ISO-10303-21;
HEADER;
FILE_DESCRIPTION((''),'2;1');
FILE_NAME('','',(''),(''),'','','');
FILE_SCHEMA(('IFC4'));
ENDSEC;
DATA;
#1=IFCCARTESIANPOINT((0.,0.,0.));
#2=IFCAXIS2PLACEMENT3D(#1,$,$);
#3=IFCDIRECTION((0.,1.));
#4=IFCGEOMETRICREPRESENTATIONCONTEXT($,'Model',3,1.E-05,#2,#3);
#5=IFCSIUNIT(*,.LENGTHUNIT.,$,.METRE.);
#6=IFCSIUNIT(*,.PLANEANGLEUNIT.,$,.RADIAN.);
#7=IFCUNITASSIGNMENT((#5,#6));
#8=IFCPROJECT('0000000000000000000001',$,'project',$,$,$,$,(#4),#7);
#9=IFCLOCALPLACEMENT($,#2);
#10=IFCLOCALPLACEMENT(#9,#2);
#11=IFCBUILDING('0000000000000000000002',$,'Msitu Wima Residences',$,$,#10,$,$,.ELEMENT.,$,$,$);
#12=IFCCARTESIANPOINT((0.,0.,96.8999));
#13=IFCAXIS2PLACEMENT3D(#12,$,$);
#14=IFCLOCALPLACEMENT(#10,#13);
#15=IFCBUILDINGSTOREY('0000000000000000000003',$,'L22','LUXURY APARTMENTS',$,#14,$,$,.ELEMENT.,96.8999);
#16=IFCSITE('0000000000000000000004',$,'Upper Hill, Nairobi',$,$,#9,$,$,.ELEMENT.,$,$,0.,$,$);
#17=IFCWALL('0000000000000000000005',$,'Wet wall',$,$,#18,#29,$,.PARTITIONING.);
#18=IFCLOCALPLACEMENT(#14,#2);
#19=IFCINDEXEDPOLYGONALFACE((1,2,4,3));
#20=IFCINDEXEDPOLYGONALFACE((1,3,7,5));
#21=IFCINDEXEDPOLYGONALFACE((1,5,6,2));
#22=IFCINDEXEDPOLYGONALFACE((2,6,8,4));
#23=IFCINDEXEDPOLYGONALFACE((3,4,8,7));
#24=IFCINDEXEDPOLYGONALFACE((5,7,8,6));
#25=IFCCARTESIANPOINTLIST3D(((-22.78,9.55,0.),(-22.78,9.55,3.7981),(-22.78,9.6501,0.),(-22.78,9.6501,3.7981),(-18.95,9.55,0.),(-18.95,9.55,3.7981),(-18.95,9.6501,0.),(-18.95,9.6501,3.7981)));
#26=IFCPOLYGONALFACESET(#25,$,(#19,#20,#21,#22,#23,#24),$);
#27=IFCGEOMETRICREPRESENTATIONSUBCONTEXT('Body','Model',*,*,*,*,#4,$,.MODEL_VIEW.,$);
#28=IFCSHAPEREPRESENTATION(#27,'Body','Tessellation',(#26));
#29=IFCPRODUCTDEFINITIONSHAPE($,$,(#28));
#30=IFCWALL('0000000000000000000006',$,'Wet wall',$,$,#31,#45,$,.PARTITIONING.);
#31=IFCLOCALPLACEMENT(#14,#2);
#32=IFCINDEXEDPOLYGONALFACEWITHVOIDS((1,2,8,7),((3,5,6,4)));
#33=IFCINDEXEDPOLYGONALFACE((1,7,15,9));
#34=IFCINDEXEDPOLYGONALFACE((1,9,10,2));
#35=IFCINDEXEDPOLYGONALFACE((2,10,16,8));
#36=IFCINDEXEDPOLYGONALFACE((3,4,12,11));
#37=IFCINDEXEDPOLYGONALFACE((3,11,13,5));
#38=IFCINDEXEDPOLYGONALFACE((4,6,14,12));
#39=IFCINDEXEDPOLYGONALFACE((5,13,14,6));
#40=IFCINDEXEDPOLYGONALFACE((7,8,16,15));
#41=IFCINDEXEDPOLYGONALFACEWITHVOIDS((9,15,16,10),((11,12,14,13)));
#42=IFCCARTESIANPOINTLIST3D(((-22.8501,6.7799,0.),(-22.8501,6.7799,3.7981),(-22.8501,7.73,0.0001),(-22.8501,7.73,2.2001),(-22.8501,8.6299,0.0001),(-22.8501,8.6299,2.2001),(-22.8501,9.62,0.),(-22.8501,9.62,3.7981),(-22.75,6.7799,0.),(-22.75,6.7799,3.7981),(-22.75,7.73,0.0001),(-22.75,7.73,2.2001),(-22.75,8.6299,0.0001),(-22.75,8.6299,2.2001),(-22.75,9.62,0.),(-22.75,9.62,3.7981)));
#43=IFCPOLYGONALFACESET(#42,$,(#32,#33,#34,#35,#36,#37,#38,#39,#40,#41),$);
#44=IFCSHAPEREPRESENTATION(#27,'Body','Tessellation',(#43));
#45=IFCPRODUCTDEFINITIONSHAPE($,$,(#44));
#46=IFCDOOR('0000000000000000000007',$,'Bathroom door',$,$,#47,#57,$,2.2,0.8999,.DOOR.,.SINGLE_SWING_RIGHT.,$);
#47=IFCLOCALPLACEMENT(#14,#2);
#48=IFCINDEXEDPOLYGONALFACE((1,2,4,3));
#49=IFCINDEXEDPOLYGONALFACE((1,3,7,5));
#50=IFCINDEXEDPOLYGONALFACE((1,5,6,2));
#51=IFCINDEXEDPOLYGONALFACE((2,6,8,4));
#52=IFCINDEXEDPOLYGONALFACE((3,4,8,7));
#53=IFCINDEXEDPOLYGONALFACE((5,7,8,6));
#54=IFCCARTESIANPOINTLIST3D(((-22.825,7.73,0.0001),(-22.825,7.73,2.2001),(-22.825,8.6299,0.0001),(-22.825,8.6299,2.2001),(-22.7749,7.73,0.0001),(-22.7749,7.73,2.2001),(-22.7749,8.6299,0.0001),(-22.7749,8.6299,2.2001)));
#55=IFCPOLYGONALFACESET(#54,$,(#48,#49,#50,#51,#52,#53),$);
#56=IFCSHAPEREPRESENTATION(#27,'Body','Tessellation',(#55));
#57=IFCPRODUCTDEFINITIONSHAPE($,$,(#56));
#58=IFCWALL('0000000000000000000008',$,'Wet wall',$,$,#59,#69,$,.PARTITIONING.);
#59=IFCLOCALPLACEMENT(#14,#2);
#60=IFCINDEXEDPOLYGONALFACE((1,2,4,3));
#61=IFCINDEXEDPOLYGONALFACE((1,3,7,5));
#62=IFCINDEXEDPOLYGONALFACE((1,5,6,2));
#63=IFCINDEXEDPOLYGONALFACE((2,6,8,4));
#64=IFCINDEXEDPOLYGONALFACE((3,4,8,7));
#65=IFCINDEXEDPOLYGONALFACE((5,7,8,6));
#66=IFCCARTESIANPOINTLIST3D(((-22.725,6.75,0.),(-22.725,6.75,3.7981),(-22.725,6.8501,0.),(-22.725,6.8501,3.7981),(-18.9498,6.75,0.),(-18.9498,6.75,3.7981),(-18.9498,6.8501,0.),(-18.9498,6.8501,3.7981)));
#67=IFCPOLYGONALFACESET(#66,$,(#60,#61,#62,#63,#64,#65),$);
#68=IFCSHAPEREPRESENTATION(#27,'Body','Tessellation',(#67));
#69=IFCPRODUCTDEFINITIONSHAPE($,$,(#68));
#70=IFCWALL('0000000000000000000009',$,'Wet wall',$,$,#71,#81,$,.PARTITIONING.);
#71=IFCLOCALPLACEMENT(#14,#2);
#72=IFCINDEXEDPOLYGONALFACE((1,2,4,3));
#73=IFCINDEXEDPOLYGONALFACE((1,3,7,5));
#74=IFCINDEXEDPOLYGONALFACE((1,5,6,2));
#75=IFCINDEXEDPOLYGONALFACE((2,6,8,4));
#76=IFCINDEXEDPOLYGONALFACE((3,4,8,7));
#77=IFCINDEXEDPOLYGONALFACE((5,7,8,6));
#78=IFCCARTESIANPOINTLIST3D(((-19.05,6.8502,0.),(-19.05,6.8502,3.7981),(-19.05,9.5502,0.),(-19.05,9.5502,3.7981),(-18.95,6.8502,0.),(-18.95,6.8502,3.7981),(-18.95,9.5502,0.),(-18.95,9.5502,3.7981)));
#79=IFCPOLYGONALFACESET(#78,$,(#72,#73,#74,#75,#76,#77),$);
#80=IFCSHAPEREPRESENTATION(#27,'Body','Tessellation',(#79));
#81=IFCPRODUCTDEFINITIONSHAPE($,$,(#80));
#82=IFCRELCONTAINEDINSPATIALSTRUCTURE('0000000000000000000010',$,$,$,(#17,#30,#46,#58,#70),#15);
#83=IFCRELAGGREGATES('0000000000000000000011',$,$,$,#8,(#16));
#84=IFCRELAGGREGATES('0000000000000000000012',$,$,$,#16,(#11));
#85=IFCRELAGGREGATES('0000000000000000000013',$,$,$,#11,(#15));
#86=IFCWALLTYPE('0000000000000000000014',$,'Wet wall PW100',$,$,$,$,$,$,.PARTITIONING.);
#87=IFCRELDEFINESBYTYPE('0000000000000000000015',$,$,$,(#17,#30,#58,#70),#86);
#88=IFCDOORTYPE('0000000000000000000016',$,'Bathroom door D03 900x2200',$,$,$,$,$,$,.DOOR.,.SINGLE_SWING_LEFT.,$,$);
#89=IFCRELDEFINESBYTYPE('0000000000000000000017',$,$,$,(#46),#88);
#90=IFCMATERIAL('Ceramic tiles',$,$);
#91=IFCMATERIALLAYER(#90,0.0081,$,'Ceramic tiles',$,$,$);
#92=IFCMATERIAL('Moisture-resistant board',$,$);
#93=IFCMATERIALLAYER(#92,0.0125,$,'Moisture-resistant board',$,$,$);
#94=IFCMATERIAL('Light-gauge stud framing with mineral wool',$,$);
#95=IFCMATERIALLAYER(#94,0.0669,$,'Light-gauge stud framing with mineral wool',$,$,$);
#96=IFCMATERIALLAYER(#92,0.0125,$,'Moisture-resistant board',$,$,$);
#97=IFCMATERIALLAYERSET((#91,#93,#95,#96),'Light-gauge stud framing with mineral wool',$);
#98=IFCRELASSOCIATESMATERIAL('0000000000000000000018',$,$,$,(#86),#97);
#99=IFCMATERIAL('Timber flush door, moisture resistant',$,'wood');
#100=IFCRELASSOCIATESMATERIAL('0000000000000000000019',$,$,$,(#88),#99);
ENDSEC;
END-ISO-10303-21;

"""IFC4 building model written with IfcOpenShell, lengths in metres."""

from ifc_helpers import new_model, si_unit, direction, frame, frame_2d, origin, place, context, subcontext, project, spatial, rectangle, extrude, material, layer, layer_set, type_object, element, fill, save


model = new_model("IFC4")

# Units and contexts
model_context = context("Model", 3, precision=1e-05, world=origin(), true_north=direction((0.0, 1.0)))
body_context = subcontext(model_context, "Body", "Model", "MODEL_VIEW")
ifc_project = project(units=[si_unit("LENGTHUNIT", "METRE"), si_unit("PLANEANGLEUNIT", "RADIAN")], contexts=[model_context])

# Site, building, storey
site_placement = place(None, origin())
site = spatial("IfcSite", under=ifc_project, at=site_placement, Name="Upper Hill, Nairobi", CompositionType="ELEMENT", RefElevation=0.0)
building_placement = place(site_placement, origin())
building = spatial("IfcBuilding", under=site, at=building_placement, Name="Msitu Wima Residences", CompositionType="ELEMENT")
storey_placement = place(building_placement, frame((0.0, 0.0, 96.8999)))
storey = spatial("IfcBuildingStorey", under=building, at=storey_placement, Name="L22", Description="LUXURY APARTMENTS", CompositionType="ELEMENT", Elevation=96.8999)

# Wall
ifc_material_1 = material(Name="Ceramic tiles")
ifc_layer_1 = layer(ifc_material_1, 0.0081, Name="Ceramic tiles")
ifc_material_2 = material(Name="Moisture-resistant board")
ifc_layer_2 = layer(ifc_material_2, 0.0125, Name="Moisture-resistant board")
ifc_material_3 = material(Name="Light-gauge stud framing with mineral wool")
ifc_layer_3 = layer(ifc_material_3, 0.0669, Name="Light-gauge stud framing with mineral wool")
ifc_layer_4 = layer(ifc_material_2, 0.0125, Name="Moisture-resistant board")
ifc_layer_set_1 = layer_set([ifc_layer_1, ifc_layer_2, ifc_layer_3, ifc_layer_4], Name="Light-gauge stud framing with mineral wool")
wall_type_1 = type_object("IfcWallType", Name="Wet wall PW100", PredefinedType="PARTITIONING", material=ifc_layer_set_1)
wall_1_placement = place(storey_placement, frame((-22.78, 9.6001, 0.0), z_axis=(0.0, 0.0, 1.0), x_axis=(1.0, 0.0, 0.0)))
element("IfcWall", 1, at=wall_1_placement, inside=storey, type_object=wall_type_1, Name="Wet wall", PredefinedType="PARTITIONING", context=body_context, shape_type="SweptSolid", body=[
    extrude(rectangle(XDim=3.8301, YDim=0.1001, at=frame_2d((1.915, 0.0))), origin(), (0.0, 0.0, 1.0), 3.7981),
])

# Wall, opening, door
wall_2_placement = place(storey_placement, frame((-22.8, 6.78, 0.0), z_axis=(0.0, 0.0, 1.0), x_axis=(0.0, 1.0, 0.0)))
wall_2 = element("IfcWall", 2, at=wall_2_placement, inside=storey, type_object=wall_type_1, Name="Wet wall", PredefinedType="PARTITIONING", context=body_context, shape_type="SweptSolid", body=[
    extrude(rectangle(XDim=2.8401, YDim=0.1001, at=frame_2d((1.4199, 0.0))), origin(), (0.0, 0.0, 1.0), 3.7981),
])
opening_1_placement = place(wall_2_placement, frame((0.95, 0.0, 0.0)))
opening_1 = element("IfcOpeningElement", 3, at=opening_1_placement, cuts=wall_2, PredefinedType="OPENING", context=body_context, shape_type="SweptSolid", body=[
    extrude(rectangle(XDim=0.8999, YDim=2.2, at=frame_2d((0.45, 1.1001))), frame((0.0, 0.0601, 0.0), z_axis=(0.0, -1.0, 0.0), x_axis=(1.0, 0.0, 0.0)), (0.0, 0.0, 1.0), 0.1201),
])
ifc_material_4 = material(Name="Timber flush door, moisture resistant", Category="wood")
door_type_1 = type_object("IfcDoorType", Name="Bathroom door D03 900x2200", OperationType="SINGLE_SWING_LEFT", PredefinedType="DOOR", material=ifc_material_4)
door_1_placement = place(opening_1_placement, origin())
door_1 = element("IfcDoor", 4, at=door_1_placement, inside=storey, type_object=door_type_1, Name="Bathroom door", OperationType="SINGLE_SWING_RIGHT", OverallHeight=2.2, OverallWidth=0.8999, PredefinedType="DOOR", context=body_context, shape_type="SweptSolid", body=[
    extrude(rectangle(XDim=0.8999, YDim=2.2, at=frame_2d((0.45, 1.1001))), frame((0.0, 0.0249, 0.0), z_axis=(0.0, -1.0, 0.0), x_axis=(1.0, 0.0, 0.0)), (0.0, 0.0, 1.0), 0.05),
])
fill(opening_1, door_1)

# Walls
wall_3_placement = place(storey_placement, frame((-22.7251, 6.8, 0.0), z_axis=(0.0, 0.0, 1.0), x_axis=(1.0, 0.0, 0.0)))
element("IfcWall", 5, at=wall_3_placement, inside=storey, type_object=wall_type_1, Name="Wet wall", PredefinedType="PARTITIONING", context=body_context, shape_type="SweptSolid", body=[
    extrude(rectangle(XDim=3.7751, YDim=0.1001, at=frame_2d((1.8877, 0.0))), origin(), (0.0, 0.0, 1.0), 3.7981),
])
wall_4_placement = place(storey_placement, frame((-19.0, 6.8501, 0.0), z_axis=(0.0, 0.0, 1.0), x_axis=(0.0, 1.0, 0.0)))
element("IfcWall", 6, at=wall_4_placement, inside=storey, type_object=wall_type_1, Name="Wet wall", PredefinedType="PARTITIONING", context=body_context, shape_type="SweptSolid", body=[
    extrude(rectangle(XDim=2.7, YDim=0.1001, at=frame_2d((1.3501, 0.0))), origin(), (0.0, 0.0, 1.0), 3.7981),
])

save(model, "model.ifc")
